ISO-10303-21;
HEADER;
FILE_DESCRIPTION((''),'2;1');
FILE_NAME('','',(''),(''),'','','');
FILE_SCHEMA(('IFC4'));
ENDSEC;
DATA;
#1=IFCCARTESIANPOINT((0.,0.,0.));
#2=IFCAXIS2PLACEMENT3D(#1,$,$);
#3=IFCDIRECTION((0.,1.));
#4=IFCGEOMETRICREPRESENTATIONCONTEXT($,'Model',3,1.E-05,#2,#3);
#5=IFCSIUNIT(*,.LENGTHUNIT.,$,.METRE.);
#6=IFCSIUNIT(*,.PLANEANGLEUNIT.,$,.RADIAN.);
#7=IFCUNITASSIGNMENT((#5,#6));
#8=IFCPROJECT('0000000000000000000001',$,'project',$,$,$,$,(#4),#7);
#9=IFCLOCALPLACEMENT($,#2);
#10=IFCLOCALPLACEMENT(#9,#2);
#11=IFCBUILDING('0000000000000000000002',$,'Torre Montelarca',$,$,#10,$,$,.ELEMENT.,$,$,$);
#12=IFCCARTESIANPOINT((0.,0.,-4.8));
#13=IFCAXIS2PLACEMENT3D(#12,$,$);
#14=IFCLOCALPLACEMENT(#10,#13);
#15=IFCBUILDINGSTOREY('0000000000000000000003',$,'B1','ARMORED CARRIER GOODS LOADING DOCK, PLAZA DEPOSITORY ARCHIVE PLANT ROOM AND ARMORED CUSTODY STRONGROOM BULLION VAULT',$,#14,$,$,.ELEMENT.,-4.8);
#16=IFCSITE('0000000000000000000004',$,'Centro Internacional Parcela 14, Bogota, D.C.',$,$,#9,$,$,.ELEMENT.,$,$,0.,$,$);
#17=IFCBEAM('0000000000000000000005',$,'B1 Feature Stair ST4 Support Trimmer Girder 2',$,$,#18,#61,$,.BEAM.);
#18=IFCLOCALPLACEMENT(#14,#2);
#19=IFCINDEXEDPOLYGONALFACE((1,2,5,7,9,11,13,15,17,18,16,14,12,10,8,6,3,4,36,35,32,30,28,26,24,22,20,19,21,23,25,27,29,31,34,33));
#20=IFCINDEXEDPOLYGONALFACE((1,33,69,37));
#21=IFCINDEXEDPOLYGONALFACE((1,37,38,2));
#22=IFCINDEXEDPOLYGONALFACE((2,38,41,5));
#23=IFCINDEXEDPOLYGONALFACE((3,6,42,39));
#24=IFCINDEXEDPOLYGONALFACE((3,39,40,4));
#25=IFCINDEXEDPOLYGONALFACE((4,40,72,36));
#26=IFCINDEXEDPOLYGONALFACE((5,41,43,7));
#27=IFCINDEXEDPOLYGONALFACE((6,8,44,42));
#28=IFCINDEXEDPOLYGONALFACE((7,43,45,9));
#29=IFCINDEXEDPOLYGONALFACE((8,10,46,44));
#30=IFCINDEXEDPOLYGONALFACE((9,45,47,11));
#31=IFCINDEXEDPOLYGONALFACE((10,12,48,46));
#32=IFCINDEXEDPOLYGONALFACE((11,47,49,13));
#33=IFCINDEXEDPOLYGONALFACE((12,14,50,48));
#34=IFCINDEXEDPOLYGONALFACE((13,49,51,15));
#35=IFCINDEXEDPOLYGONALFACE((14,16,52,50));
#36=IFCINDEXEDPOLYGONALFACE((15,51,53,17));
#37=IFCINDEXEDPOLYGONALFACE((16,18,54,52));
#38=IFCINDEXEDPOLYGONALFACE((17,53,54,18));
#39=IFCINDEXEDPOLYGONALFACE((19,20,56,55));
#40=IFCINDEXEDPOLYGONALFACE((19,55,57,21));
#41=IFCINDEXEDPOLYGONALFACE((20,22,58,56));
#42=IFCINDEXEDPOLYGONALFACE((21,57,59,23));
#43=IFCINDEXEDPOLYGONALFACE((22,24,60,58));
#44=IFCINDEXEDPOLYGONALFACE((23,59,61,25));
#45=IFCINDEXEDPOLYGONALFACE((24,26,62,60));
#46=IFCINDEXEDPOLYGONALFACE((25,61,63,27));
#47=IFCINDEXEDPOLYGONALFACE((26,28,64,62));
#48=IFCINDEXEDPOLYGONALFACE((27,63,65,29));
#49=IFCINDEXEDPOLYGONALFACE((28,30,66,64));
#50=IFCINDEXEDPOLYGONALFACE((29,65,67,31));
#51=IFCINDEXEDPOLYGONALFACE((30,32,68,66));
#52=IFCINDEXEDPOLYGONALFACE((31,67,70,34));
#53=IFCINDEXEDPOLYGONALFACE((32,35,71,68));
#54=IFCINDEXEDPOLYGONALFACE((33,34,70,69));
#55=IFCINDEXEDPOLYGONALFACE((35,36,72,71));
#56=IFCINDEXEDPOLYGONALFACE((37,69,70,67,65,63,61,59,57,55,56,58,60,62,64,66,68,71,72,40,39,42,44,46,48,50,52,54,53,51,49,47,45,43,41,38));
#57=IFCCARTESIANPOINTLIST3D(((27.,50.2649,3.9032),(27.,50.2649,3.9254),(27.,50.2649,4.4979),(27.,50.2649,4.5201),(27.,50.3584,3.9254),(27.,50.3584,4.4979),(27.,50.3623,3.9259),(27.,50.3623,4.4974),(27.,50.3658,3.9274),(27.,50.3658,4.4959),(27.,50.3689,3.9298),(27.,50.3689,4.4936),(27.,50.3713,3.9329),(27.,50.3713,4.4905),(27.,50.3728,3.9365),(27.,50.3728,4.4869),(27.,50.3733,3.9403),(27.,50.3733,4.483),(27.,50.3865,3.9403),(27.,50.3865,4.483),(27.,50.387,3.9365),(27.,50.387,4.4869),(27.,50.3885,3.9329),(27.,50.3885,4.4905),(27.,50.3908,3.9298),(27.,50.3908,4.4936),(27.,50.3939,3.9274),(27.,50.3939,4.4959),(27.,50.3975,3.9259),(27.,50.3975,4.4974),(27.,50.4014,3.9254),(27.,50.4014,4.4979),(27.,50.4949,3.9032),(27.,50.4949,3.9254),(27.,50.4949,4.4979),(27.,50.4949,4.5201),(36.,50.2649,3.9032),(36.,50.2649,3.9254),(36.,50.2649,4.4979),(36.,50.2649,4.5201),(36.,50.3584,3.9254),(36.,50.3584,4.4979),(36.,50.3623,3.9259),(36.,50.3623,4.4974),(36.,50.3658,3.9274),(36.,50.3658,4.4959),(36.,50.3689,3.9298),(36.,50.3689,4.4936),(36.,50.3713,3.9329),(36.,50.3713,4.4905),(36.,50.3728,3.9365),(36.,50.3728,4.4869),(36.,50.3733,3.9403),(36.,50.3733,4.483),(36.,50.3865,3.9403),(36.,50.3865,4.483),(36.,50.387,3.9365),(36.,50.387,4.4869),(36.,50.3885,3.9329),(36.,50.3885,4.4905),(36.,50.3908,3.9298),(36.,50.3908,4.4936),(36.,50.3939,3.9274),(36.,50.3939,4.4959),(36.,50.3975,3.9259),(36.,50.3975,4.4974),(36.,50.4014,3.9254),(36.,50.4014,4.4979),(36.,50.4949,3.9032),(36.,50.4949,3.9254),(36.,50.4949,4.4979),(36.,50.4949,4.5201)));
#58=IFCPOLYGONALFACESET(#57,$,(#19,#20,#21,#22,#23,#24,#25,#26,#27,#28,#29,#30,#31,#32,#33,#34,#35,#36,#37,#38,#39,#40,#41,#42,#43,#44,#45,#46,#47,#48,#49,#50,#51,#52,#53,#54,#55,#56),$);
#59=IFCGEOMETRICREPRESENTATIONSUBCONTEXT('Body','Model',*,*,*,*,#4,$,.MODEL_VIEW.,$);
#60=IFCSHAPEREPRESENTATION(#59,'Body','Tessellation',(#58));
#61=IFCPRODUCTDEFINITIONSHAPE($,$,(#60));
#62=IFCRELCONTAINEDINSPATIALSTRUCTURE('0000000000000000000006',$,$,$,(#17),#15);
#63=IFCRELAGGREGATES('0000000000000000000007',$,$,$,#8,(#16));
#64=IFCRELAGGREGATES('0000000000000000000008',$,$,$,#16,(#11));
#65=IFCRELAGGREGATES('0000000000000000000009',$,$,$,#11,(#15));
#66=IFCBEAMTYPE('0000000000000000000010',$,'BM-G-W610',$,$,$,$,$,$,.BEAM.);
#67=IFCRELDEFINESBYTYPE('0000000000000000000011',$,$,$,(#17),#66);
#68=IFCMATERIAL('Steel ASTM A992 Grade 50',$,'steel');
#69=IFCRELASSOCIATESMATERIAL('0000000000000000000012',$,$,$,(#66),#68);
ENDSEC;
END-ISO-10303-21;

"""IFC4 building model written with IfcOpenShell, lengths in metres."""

from ifc_helpers import new_model, si_unit, direction, frame, origin, origin_2d, place, context, subcontext, project, spatial, i_section, extrude, source, transform, mapped, material, material_profile, profile_set, type_object, element, save


model = new_model("IFC4")

# Units and contexts
model_context = context("Model", 3, precision=1e-05, world=origin(), true_north=direction((0.0, 1.0)))
body_context = subcontext(model_context, "Body", "Model", "MODEL_VIEW")
ifc_project = project(units=[si_unit("LENGTHUNIT", "METRE"), si_unit("PLANEANGLEUNIT", "RADIAN")], contexts=[model_context])

# Site, building, storey
site_placement = place(None, origin())
site = spatial("IfcSite", under=ifc_project, at=site_placement, Name="Centro Internacional Parcela 14, Bogota, D.C.", CompositionType="ELEMENT", RefElevation=0.0)
building_placement = place(site_placement, origin())
building = spatial("IfcBuilding", under=site, at=building_placement, Name="Torre Montelarca", CompositionType="ELEMENT")
storey_placement = place(building_placement, frame((0.0, 0.0, -4.8)))
storey = spatial("IfcBuildingStorey", under=building, at=storey_placement, Name="B1", Description="ARMORED CARRIER GOODS LOADING DOCK, PLAZA DEPOSITORY ARCHIVE PLANT ROOM AND ARMORED CUSTODY STRONGROOM BULLION VAULT", CompositionType="ELEMENT", Elevation=-4.8)

# Beam
ifc_material_1 = material(Name="Steel ASTM A992 Grade 50", Category="steel")
ifc_material_profile_1 = material_profile(ifc_material_1, i_section(OverallWidth=0.23, OverallDepth=0.6169, WebThickness=0.0132, FlangeThickness=0.0222, FilletRadius=0.0149, at=origin_2d()), Name="W610X140", Category="steel")
ifc_profile_set_1 = profile_set([ifc_material_profile_1], Name="Steel ASTM A992 Grade 50")
beam_type_1 = type_object("IfcBeamType", Name="BM-G-W610", PredefinedType="BEAM", material=ifc_profile_set_1)
shared_shape_1 = source(origin(), body_context, "Body", "SweptSolid", [
    extrude(i_section(OverallWidth=0.23, OverallDepth=0.6169, WebThickness=0.0132, FlangeThickness=0.0222, FilletRadius=0.0149, at=origin_2d()), origin(), (0.0, 0.0, 1.0), 9.0),
])
beam_1_placement = place(storey_placement, frame((27.0, 50.3799, 4.2117), z_axis=(1.0, 0.0, 0.0), x_axis=(0.0, 1.0, 0.0)))
element("IfcBeam", 1, at=beam_1_placement, inside=storey, type_object=beam_type_1, Name="B1 Feature Stair ST4 Support Trimmer Girder 2", PredefinedType="BEAM", context=body_context, shape_type="MappedRepresentation", body=[
    mapped(shared_shape_1, transform((0.0, 0.0, 0.0), scale=1.0)),
])

save(model, "model.ifc")
